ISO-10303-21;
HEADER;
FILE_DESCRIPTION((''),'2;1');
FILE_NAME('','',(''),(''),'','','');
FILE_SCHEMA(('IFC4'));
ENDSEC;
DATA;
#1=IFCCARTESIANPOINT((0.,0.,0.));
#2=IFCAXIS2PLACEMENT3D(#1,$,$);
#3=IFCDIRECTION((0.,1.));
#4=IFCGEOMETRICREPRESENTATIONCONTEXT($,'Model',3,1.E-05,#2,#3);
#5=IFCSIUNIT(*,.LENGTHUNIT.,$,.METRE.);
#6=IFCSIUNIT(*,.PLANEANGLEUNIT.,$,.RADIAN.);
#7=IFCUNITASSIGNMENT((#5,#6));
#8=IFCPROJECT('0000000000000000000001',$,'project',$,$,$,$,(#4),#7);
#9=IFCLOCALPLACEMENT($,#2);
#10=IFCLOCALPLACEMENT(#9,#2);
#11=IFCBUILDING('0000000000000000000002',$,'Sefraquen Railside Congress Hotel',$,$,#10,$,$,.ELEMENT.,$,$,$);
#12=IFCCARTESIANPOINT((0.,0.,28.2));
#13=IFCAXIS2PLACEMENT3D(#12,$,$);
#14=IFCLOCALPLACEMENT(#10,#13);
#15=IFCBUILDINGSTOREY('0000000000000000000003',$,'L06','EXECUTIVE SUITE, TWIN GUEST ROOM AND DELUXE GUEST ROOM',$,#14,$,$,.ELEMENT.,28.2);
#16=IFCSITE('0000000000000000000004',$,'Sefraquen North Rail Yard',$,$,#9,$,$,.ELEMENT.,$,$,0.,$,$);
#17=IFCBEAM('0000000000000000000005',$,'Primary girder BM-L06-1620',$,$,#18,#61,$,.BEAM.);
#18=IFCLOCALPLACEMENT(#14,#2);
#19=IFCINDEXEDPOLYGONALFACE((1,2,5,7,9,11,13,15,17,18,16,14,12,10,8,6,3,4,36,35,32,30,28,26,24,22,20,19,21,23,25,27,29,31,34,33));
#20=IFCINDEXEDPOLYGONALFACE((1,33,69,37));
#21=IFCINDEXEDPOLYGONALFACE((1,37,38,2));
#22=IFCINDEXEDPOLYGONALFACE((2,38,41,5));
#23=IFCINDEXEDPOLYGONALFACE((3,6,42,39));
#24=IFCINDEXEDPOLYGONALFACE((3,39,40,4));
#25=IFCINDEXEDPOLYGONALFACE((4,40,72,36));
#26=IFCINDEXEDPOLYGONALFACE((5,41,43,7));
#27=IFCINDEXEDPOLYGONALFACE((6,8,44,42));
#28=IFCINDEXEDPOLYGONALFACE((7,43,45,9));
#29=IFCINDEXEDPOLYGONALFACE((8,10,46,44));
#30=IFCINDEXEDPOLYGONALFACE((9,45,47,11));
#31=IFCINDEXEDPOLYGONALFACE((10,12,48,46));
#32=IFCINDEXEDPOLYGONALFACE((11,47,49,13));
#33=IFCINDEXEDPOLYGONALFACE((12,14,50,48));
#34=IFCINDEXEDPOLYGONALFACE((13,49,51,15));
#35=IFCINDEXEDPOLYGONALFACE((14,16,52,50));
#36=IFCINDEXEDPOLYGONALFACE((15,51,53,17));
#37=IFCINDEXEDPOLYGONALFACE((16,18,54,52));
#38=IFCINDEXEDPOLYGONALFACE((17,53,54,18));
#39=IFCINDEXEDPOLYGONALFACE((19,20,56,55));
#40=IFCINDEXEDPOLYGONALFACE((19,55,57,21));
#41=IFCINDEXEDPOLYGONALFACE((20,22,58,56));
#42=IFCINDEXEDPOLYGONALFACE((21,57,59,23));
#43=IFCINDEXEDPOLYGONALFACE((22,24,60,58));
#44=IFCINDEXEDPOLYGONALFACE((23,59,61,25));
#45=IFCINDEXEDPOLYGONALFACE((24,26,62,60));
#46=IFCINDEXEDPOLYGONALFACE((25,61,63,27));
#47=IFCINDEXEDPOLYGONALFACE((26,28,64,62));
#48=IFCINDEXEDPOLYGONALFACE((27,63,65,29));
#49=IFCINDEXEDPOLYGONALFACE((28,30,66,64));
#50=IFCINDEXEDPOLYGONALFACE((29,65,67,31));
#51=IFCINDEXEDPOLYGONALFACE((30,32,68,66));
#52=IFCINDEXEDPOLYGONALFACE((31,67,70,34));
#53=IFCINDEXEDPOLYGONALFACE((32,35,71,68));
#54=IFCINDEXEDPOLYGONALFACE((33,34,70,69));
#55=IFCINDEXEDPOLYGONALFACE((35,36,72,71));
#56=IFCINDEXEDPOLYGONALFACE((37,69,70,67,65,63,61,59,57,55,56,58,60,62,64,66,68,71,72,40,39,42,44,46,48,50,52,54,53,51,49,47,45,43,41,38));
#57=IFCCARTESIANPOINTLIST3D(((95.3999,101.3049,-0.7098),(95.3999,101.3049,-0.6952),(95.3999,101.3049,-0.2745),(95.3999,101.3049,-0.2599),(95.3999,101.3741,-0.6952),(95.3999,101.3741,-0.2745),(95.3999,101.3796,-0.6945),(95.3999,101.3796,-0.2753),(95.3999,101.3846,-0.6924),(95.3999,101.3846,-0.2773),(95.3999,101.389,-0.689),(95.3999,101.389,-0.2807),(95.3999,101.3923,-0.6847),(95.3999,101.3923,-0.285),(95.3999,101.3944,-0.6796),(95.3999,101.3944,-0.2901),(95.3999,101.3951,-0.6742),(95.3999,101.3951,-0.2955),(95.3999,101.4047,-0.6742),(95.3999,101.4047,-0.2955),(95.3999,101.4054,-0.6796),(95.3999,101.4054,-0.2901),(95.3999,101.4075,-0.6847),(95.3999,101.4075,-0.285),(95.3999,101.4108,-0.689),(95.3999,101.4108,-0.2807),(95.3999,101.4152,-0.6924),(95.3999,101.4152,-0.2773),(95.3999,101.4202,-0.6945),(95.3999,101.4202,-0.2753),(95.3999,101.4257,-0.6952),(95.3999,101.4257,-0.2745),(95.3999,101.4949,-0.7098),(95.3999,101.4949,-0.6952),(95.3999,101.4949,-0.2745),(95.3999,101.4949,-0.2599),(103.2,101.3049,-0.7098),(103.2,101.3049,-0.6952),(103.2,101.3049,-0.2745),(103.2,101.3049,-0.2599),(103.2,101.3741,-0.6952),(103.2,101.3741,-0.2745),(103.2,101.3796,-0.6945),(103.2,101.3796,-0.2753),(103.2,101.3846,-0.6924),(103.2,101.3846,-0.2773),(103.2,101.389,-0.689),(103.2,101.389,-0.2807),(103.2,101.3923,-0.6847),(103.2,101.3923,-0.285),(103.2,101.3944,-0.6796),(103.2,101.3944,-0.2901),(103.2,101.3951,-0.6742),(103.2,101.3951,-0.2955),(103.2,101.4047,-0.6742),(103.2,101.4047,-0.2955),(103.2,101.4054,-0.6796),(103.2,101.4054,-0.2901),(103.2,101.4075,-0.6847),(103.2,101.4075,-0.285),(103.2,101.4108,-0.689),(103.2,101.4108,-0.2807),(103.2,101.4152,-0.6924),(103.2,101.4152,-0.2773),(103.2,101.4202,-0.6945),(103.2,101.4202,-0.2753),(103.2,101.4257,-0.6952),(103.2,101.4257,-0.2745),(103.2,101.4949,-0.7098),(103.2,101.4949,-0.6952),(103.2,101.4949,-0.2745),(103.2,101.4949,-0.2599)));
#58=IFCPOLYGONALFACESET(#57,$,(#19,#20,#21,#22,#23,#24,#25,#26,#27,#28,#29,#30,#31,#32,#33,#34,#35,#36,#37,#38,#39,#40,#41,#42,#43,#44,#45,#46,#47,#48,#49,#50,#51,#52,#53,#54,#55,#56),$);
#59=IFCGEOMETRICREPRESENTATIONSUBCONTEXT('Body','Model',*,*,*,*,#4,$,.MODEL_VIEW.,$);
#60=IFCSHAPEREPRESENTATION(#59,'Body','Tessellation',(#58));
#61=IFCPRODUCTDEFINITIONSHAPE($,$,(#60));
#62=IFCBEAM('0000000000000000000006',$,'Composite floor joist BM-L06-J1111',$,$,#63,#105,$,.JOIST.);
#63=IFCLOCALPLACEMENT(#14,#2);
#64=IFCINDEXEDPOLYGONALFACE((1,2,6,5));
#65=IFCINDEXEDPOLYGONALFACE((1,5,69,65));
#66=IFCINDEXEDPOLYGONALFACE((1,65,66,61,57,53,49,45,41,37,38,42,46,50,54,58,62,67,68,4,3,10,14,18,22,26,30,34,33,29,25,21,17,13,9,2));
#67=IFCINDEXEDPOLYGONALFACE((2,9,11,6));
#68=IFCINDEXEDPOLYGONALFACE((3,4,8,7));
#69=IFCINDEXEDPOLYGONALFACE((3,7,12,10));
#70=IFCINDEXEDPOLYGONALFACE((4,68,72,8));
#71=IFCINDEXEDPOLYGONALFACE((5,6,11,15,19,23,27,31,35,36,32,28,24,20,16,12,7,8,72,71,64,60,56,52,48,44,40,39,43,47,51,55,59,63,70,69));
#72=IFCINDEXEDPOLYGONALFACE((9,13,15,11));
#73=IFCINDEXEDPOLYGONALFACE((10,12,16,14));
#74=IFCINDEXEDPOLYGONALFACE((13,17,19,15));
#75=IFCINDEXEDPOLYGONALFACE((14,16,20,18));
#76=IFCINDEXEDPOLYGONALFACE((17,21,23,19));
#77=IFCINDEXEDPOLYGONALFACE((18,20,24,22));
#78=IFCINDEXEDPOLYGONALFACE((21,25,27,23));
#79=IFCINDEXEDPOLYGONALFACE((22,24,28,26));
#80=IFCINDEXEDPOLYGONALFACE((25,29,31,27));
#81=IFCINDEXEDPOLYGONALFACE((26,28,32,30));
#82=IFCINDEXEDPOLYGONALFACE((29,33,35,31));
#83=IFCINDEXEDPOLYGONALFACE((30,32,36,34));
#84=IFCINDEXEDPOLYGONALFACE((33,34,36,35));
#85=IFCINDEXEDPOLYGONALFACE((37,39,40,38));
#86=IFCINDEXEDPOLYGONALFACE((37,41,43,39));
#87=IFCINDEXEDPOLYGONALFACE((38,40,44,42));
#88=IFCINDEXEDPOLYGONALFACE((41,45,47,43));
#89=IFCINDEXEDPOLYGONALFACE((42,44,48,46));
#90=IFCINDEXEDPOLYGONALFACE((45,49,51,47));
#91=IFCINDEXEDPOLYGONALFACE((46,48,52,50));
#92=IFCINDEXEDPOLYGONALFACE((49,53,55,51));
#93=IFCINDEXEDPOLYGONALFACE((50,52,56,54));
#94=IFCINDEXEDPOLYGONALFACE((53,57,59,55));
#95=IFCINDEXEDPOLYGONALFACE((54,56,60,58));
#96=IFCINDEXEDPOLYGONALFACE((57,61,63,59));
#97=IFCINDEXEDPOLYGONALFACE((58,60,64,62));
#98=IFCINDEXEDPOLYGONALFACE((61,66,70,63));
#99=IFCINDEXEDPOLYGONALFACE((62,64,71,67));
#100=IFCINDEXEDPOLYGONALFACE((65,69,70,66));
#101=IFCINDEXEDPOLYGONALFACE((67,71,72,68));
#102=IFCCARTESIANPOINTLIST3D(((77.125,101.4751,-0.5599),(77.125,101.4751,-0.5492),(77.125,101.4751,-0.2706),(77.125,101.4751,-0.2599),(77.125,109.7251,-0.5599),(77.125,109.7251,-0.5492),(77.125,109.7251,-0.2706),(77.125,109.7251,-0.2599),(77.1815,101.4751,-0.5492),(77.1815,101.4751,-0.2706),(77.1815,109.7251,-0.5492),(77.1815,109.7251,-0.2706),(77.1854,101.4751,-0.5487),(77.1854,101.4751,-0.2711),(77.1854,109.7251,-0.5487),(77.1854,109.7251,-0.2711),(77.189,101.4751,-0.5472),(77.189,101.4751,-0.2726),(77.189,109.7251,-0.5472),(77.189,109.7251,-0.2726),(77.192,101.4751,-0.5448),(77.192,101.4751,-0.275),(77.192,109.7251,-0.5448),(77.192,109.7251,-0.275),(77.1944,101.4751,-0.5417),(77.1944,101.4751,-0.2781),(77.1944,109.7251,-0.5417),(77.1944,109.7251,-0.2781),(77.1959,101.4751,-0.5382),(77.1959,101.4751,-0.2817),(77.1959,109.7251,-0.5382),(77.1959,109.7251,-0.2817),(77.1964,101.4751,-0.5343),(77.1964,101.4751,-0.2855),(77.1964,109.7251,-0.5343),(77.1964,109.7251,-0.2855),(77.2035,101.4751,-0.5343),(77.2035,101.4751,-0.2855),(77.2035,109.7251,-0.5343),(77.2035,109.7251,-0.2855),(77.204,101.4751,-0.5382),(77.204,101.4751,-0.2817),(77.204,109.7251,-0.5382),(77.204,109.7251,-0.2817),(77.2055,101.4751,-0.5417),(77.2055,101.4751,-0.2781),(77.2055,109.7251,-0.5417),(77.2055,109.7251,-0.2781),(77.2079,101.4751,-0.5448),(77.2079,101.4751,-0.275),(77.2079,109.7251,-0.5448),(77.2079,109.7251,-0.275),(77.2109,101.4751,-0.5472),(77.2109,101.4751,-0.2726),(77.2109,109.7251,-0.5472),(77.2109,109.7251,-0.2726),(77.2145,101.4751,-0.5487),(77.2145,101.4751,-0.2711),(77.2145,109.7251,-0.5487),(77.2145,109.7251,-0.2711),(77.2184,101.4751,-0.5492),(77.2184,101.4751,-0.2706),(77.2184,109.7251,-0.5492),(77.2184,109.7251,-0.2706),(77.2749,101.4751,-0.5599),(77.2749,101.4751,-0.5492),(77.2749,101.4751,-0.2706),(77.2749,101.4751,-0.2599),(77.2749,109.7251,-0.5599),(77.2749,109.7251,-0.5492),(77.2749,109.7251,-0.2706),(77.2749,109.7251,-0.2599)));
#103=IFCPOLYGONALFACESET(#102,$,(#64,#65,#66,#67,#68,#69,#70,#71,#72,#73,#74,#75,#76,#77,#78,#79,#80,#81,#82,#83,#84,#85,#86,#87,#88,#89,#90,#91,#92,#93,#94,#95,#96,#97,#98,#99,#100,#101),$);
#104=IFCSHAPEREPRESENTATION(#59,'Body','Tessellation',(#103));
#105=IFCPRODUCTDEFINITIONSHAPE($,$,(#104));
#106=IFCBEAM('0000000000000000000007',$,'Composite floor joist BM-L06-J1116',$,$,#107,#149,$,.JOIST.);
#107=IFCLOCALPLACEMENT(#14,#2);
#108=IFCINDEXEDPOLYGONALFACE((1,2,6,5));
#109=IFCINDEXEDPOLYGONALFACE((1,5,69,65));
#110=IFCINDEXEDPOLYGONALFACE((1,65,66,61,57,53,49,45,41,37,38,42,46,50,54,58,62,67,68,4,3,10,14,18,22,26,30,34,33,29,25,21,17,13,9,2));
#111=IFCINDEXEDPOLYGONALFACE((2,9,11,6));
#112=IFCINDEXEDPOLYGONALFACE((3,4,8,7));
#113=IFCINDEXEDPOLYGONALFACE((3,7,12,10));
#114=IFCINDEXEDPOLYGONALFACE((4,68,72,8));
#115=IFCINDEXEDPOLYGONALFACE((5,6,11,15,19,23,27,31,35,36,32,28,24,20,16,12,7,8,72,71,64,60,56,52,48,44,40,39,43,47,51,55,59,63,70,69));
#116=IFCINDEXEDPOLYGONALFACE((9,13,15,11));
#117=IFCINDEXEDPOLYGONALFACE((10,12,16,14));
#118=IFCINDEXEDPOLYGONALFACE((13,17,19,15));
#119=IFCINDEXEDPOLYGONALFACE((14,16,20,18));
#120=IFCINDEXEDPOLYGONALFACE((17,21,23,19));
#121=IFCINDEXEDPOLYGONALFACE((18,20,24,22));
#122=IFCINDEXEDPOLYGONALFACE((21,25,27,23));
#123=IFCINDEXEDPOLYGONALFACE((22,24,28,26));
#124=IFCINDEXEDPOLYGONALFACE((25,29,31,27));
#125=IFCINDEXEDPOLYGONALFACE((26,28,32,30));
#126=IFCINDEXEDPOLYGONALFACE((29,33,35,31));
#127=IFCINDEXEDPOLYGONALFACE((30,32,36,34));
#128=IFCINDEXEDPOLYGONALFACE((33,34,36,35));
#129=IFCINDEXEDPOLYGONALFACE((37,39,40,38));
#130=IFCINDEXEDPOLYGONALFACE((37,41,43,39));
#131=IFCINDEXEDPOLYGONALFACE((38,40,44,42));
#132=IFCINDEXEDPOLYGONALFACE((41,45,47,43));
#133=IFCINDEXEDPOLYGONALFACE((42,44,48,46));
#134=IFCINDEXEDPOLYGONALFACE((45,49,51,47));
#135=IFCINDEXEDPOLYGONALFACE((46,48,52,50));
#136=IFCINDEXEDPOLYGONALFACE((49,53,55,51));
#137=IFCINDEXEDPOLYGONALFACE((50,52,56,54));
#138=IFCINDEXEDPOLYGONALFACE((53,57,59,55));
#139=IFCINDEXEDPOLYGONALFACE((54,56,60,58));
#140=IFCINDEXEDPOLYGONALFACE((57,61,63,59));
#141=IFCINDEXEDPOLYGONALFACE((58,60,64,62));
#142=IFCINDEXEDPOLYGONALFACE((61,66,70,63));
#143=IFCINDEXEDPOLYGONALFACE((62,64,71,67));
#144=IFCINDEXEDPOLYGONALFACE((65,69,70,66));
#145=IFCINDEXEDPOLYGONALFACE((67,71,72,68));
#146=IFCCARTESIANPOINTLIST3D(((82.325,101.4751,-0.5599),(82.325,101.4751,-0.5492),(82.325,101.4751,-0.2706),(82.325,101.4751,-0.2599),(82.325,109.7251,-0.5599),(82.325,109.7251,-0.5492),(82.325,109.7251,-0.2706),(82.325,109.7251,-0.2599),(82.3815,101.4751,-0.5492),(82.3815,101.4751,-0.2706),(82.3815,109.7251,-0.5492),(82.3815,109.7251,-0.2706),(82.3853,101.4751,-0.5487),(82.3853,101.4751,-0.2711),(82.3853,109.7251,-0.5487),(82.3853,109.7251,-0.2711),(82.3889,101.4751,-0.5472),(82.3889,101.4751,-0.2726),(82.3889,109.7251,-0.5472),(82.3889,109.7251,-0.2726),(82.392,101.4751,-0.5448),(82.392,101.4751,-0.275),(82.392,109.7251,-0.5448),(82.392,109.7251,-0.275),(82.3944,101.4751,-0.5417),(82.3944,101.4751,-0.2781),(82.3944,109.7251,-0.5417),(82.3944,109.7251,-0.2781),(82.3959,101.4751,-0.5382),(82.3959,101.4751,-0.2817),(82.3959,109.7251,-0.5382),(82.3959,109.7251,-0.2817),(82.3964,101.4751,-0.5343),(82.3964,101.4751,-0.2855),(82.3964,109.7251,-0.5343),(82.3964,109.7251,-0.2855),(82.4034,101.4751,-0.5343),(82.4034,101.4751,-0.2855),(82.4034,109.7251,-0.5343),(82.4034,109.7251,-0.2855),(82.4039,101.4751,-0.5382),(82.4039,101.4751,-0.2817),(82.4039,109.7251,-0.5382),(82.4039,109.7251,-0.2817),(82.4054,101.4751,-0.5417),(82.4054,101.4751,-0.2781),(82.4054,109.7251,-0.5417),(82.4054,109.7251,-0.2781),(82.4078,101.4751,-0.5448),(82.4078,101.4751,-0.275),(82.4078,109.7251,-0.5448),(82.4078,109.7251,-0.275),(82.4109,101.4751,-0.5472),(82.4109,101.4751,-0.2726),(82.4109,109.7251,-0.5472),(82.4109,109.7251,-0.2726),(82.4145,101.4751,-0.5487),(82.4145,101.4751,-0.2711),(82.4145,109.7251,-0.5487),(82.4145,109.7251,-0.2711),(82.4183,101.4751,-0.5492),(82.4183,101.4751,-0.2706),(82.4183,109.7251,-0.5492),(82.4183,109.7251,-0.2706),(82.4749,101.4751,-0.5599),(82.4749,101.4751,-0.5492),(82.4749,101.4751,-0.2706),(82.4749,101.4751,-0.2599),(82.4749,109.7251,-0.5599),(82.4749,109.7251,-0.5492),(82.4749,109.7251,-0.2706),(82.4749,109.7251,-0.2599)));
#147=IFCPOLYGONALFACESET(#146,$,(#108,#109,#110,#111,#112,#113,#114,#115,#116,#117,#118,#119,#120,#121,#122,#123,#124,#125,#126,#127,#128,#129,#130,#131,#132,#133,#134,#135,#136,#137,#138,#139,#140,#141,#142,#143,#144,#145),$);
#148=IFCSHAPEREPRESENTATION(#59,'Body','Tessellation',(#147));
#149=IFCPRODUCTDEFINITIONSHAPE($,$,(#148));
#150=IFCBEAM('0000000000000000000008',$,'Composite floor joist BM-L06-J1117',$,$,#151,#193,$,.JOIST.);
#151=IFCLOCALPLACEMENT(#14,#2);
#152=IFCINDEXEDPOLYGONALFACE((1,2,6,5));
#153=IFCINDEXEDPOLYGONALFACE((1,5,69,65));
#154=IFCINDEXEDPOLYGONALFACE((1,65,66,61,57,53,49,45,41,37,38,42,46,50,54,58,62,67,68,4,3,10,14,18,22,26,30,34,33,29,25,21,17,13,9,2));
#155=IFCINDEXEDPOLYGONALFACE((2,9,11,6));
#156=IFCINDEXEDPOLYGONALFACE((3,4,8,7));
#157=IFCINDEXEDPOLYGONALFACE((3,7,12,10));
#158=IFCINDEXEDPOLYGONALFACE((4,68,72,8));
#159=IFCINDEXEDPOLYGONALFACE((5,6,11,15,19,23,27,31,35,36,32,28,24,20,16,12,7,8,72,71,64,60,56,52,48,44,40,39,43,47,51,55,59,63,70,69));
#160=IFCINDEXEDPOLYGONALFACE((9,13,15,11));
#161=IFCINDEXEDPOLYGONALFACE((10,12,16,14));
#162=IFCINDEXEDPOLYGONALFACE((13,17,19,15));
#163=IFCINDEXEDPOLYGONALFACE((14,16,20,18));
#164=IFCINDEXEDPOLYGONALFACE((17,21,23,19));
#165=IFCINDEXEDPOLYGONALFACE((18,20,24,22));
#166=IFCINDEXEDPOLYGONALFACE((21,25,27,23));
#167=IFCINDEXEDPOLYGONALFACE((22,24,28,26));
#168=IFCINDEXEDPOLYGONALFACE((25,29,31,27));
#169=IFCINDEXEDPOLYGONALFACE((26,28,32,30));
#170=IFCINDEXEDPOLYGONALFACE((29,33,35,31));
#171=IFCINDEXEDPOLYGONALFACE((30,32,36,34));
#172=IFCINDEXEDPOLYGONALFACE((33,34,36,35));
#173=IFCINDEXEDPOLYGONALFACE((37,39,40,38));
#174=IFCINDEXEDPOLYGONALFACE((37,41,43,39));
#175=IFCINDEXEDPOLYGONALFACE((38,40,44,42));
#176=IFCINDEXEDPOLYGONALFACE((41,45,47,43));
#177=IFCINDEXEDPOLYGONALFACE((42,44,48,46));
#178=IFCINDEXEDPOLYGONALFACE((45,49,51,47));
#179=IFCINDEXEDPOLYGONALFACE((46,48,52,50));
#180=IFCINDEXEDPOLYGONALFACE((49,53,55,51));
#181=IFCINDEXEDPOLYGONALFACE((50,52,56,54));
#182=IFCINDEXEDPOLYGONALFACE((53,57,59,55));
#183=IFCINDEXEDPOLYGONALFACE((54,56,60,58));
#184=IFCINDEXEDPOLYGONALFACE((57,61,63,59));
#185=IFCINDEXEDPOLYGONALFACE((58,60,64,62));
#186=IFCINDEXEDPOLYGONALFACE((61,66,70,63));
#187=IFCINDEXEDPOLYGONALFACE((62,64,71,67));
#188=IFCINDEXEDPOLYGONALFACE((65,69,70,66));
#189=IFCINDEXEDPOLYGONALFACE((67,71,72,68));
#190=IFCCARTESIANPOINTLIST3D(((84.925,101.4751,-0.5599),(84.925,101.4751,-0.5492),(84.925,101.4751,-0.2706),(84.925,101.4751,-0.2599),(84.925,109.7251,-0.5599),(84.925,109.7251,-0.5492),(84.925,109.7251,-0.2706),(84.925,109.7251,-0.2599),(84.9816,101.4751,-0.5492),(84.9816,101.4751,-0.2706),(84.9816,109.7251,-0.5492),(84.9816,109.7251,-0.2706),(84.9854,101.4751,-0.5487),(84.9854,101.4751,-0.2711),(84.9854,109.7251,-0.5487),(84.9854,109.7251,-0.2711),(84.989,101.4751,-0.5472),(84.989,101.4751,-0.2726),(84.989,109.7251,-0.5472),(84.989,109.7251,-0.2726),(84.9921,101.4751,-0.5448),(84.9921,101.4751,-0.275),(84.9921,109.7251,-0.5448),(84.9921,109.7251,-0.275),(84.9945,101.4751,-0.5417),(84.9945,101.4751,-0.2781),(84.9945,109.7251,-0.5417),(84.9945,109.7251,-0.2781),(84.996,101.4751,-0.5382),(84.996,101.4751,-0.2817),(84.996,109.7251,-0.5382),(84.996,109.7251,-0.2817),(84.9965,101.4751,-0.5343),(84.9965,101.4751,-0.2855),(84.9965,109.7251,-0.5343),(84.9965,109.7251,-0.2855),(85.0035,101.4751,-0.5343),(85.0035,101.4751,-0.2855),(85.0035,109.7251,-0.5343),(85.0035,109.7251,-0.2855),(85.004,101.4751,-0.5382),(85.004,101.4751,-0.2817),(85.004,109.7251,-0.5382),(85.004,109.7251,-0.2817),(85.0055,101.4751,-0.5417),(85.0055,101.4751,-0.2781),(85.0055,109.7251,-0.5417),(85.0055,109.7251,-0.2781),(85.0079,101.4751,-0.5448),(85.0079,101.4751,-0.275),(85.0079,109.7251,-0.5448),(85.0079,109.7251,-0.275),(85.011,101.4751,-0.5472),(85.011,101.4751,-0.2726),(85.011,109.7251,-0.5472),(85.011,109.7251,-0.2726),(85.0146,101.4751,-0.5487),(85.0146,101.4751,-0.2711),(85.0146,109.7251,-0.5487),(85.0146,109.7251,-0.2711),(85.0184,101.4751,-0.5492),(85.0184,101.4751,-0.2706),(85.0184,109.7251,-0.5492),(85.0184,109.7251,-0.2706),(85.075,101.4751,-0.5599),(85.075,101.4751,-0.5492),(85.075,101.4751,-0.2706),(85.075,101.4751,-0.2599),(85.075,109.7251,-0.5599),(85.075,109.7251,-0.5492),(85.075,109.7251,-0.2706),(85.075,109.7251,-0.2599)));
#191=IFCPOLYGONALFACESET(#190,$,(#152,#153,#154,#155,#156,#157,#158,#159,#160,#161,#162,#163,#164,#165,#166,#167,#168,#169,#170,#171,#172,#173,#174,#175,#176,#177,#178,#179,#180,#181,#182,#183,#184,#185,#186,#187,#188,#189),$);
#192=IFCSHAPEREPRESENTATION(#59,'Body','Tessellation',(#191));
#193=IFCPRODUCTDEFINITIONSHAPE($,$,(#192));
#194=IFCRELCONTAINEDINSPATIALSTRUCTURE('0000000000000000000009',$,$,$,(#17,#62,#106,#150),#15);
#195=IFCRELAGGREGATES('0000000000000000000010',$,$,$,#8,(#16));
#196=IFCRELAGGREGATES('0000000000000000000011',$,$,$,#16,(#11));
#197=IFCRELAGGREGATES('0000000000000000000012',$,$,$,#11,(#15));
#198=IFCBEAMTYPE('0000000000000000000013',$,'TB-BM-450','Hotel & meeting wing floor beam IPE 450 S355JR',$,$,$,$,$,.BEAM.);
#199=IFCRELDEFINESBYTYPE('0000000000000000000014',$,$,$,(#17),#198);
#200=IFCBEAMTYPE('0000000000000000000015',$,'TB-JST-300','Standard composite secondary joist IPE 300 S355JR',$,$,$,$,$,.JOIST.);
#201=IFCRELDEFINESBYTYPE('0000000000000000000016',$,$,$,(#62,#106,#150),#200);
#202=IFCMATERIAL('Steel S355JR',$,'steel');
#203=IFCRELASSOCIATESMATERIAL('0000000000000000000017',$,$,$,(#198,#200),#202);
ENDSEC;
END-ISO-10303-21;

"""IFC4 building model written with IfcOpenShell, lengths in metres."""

from ifc_helpers import new_model, si_unit, direction, frame, origin, origin_2d, place, context, subcontext, project, spatial, i_section, extrude, material, material_profile, profile_set, type_object, element, save


model = new_model("IFC4")

# Units and contexts
model_context = context("Model", 3, precision=1e-05, world=origin(), true_north=direction((0.0, 1.0)))
body_context = subcontext(model_context, "Body", "Model", "MODEL_VIEW")
ifc_project = project(units=[si_unit("LENGTHUNIT", "METRE"), si_unit("PLANEANGLEUNIT", "RADIAN")], contexts=[model_context])

# Site, building, storey
site_placement = place(None, origin())
site = spatial("IfcSite", under=ifc_project, at=site_placement, Name="Sefraquen North Rail Yard", CompositionType="ELEMENT", RefElevation=0.0)
building_placement = place(site_placement, origin())
building = spatial("IfcBuilding", under=site, at=building_placement, Name="Sefraquen Railside Congress Hotel", CompositionType="ELEMENT")
storey_placement = place(building_placement, frame((0.0, 0.0, 28.2)))
storey = spatial("IfcBuildingStorey", under=building, at=storey_placement, Name="L06", Description="EXECUTIVE SUITE, TWIN GUEST ROOM AND DELUXE GUEST ROOM", CompositionType="ELEMENT", Elevation=28.2)

# Shared definitions
ifc_material_1 = material(Name="Steel S355JR", Category="steel")

# Beams
ifc_material_profile_1 = material_profile(ifc_material_1, i_section(OverallWidth=0.1899, OverallDepth=0.45, WebThickness=0.0095, FlangeThickness=0.0146, FilletRadius=0.021, at=origin_2d()), Name="IPE 450")
ifc_profile_set_1 = profile_set([ifc_material_profile_1], Name="Steel S355JR")
beam_type_1 = type_object("IfcBeamType", Name="TB-BM-450", Description="Hotel & meeting wing floor beam IPE 450 S355JR", PredefinedType="BEAM", material=ifc_profile_set_1)
beam_1_placement = place(storey_placement, frame((95.3999, 101.3999, -0.4849), z_axis=(1.0, 0.0, 0.0), x_axis=(0.0, 1.0, 0.0)))
element("IfcBeam", 1, at=beam_1_placement, inside=storey, type_object=beam_type_1, Name="Primary girder BM-L06-1620", PredefinedType="BEAM", context=body_context, shape_type="SweptSolid", body=[
    extrude(i_section(OverallWidth=0.1899, OverallDepth=0.45, WebThickness=0.0095, FlangeThickness=0.0146, FilletRadius=0.021, at=origin_2d()), origin(), (0.0, 0.0, 1.0), 7.8),
])
ifc_material_profile_2 = material_profile(ifc_material_1, i_section(OverallWidth=0.1499, OverallDepth=0.3, WebThickness=0.0071, FlangeThickness=0.0107, FilletRadius=0.0149, at=origin_2d()), Name="IPE 300")
ifc_profile_set_2 = profile_set([ifc_material_profile_2], Name="Steel S355JR")
beam_type_2 = type_object("IfcBeamType", Name="TB-JST-300", Description="Standard composite secondary joist IPE 300 S355JR", PredefinedType="JOIST", material=ifc_profile_set_2)
for number, where, z_axis, x_axis, name in (
    (2, (77.2, 101.4751, -0.4099), (0.0, 1.0, 0.0), (-1.0, 0.0, 0.0), "Composite floor joist BM-L06-J1111"),
    (3, (82.3999, 101.4751, -0.4099), (0.0, 1.0, 0.0), (-1.0, 0.0, 0.0), "Composite floor joist BM-L06-J1116"),
    (4, (85.0, 101.4751, -0.4099), (0.0, 1.0, 0.0), (-1.0, 0.0, 0.0), "Composite floor joist BM-L06-J1117"),
):
    element("IfcBeam", number, at=place(storey_placement, frame(where, z_axis=z_axis, x_axis=x_axis)), inside=storey, type_object=beam_type_2, Name=name, PredefinedType="JOIST", context=body_context, shape_type="SweptSolid", body=[
        extrude(i_section(OverallWidth=0.1499, OverallDepth=0.3, WebThickness=0.0071, FlangeThickness=0.0107, FilletRadius=0.0149, at=origin_2d()), origin(), (0.0, 0.0, 1.0), 8.25),
    ])

save(model, "model.ifc")
